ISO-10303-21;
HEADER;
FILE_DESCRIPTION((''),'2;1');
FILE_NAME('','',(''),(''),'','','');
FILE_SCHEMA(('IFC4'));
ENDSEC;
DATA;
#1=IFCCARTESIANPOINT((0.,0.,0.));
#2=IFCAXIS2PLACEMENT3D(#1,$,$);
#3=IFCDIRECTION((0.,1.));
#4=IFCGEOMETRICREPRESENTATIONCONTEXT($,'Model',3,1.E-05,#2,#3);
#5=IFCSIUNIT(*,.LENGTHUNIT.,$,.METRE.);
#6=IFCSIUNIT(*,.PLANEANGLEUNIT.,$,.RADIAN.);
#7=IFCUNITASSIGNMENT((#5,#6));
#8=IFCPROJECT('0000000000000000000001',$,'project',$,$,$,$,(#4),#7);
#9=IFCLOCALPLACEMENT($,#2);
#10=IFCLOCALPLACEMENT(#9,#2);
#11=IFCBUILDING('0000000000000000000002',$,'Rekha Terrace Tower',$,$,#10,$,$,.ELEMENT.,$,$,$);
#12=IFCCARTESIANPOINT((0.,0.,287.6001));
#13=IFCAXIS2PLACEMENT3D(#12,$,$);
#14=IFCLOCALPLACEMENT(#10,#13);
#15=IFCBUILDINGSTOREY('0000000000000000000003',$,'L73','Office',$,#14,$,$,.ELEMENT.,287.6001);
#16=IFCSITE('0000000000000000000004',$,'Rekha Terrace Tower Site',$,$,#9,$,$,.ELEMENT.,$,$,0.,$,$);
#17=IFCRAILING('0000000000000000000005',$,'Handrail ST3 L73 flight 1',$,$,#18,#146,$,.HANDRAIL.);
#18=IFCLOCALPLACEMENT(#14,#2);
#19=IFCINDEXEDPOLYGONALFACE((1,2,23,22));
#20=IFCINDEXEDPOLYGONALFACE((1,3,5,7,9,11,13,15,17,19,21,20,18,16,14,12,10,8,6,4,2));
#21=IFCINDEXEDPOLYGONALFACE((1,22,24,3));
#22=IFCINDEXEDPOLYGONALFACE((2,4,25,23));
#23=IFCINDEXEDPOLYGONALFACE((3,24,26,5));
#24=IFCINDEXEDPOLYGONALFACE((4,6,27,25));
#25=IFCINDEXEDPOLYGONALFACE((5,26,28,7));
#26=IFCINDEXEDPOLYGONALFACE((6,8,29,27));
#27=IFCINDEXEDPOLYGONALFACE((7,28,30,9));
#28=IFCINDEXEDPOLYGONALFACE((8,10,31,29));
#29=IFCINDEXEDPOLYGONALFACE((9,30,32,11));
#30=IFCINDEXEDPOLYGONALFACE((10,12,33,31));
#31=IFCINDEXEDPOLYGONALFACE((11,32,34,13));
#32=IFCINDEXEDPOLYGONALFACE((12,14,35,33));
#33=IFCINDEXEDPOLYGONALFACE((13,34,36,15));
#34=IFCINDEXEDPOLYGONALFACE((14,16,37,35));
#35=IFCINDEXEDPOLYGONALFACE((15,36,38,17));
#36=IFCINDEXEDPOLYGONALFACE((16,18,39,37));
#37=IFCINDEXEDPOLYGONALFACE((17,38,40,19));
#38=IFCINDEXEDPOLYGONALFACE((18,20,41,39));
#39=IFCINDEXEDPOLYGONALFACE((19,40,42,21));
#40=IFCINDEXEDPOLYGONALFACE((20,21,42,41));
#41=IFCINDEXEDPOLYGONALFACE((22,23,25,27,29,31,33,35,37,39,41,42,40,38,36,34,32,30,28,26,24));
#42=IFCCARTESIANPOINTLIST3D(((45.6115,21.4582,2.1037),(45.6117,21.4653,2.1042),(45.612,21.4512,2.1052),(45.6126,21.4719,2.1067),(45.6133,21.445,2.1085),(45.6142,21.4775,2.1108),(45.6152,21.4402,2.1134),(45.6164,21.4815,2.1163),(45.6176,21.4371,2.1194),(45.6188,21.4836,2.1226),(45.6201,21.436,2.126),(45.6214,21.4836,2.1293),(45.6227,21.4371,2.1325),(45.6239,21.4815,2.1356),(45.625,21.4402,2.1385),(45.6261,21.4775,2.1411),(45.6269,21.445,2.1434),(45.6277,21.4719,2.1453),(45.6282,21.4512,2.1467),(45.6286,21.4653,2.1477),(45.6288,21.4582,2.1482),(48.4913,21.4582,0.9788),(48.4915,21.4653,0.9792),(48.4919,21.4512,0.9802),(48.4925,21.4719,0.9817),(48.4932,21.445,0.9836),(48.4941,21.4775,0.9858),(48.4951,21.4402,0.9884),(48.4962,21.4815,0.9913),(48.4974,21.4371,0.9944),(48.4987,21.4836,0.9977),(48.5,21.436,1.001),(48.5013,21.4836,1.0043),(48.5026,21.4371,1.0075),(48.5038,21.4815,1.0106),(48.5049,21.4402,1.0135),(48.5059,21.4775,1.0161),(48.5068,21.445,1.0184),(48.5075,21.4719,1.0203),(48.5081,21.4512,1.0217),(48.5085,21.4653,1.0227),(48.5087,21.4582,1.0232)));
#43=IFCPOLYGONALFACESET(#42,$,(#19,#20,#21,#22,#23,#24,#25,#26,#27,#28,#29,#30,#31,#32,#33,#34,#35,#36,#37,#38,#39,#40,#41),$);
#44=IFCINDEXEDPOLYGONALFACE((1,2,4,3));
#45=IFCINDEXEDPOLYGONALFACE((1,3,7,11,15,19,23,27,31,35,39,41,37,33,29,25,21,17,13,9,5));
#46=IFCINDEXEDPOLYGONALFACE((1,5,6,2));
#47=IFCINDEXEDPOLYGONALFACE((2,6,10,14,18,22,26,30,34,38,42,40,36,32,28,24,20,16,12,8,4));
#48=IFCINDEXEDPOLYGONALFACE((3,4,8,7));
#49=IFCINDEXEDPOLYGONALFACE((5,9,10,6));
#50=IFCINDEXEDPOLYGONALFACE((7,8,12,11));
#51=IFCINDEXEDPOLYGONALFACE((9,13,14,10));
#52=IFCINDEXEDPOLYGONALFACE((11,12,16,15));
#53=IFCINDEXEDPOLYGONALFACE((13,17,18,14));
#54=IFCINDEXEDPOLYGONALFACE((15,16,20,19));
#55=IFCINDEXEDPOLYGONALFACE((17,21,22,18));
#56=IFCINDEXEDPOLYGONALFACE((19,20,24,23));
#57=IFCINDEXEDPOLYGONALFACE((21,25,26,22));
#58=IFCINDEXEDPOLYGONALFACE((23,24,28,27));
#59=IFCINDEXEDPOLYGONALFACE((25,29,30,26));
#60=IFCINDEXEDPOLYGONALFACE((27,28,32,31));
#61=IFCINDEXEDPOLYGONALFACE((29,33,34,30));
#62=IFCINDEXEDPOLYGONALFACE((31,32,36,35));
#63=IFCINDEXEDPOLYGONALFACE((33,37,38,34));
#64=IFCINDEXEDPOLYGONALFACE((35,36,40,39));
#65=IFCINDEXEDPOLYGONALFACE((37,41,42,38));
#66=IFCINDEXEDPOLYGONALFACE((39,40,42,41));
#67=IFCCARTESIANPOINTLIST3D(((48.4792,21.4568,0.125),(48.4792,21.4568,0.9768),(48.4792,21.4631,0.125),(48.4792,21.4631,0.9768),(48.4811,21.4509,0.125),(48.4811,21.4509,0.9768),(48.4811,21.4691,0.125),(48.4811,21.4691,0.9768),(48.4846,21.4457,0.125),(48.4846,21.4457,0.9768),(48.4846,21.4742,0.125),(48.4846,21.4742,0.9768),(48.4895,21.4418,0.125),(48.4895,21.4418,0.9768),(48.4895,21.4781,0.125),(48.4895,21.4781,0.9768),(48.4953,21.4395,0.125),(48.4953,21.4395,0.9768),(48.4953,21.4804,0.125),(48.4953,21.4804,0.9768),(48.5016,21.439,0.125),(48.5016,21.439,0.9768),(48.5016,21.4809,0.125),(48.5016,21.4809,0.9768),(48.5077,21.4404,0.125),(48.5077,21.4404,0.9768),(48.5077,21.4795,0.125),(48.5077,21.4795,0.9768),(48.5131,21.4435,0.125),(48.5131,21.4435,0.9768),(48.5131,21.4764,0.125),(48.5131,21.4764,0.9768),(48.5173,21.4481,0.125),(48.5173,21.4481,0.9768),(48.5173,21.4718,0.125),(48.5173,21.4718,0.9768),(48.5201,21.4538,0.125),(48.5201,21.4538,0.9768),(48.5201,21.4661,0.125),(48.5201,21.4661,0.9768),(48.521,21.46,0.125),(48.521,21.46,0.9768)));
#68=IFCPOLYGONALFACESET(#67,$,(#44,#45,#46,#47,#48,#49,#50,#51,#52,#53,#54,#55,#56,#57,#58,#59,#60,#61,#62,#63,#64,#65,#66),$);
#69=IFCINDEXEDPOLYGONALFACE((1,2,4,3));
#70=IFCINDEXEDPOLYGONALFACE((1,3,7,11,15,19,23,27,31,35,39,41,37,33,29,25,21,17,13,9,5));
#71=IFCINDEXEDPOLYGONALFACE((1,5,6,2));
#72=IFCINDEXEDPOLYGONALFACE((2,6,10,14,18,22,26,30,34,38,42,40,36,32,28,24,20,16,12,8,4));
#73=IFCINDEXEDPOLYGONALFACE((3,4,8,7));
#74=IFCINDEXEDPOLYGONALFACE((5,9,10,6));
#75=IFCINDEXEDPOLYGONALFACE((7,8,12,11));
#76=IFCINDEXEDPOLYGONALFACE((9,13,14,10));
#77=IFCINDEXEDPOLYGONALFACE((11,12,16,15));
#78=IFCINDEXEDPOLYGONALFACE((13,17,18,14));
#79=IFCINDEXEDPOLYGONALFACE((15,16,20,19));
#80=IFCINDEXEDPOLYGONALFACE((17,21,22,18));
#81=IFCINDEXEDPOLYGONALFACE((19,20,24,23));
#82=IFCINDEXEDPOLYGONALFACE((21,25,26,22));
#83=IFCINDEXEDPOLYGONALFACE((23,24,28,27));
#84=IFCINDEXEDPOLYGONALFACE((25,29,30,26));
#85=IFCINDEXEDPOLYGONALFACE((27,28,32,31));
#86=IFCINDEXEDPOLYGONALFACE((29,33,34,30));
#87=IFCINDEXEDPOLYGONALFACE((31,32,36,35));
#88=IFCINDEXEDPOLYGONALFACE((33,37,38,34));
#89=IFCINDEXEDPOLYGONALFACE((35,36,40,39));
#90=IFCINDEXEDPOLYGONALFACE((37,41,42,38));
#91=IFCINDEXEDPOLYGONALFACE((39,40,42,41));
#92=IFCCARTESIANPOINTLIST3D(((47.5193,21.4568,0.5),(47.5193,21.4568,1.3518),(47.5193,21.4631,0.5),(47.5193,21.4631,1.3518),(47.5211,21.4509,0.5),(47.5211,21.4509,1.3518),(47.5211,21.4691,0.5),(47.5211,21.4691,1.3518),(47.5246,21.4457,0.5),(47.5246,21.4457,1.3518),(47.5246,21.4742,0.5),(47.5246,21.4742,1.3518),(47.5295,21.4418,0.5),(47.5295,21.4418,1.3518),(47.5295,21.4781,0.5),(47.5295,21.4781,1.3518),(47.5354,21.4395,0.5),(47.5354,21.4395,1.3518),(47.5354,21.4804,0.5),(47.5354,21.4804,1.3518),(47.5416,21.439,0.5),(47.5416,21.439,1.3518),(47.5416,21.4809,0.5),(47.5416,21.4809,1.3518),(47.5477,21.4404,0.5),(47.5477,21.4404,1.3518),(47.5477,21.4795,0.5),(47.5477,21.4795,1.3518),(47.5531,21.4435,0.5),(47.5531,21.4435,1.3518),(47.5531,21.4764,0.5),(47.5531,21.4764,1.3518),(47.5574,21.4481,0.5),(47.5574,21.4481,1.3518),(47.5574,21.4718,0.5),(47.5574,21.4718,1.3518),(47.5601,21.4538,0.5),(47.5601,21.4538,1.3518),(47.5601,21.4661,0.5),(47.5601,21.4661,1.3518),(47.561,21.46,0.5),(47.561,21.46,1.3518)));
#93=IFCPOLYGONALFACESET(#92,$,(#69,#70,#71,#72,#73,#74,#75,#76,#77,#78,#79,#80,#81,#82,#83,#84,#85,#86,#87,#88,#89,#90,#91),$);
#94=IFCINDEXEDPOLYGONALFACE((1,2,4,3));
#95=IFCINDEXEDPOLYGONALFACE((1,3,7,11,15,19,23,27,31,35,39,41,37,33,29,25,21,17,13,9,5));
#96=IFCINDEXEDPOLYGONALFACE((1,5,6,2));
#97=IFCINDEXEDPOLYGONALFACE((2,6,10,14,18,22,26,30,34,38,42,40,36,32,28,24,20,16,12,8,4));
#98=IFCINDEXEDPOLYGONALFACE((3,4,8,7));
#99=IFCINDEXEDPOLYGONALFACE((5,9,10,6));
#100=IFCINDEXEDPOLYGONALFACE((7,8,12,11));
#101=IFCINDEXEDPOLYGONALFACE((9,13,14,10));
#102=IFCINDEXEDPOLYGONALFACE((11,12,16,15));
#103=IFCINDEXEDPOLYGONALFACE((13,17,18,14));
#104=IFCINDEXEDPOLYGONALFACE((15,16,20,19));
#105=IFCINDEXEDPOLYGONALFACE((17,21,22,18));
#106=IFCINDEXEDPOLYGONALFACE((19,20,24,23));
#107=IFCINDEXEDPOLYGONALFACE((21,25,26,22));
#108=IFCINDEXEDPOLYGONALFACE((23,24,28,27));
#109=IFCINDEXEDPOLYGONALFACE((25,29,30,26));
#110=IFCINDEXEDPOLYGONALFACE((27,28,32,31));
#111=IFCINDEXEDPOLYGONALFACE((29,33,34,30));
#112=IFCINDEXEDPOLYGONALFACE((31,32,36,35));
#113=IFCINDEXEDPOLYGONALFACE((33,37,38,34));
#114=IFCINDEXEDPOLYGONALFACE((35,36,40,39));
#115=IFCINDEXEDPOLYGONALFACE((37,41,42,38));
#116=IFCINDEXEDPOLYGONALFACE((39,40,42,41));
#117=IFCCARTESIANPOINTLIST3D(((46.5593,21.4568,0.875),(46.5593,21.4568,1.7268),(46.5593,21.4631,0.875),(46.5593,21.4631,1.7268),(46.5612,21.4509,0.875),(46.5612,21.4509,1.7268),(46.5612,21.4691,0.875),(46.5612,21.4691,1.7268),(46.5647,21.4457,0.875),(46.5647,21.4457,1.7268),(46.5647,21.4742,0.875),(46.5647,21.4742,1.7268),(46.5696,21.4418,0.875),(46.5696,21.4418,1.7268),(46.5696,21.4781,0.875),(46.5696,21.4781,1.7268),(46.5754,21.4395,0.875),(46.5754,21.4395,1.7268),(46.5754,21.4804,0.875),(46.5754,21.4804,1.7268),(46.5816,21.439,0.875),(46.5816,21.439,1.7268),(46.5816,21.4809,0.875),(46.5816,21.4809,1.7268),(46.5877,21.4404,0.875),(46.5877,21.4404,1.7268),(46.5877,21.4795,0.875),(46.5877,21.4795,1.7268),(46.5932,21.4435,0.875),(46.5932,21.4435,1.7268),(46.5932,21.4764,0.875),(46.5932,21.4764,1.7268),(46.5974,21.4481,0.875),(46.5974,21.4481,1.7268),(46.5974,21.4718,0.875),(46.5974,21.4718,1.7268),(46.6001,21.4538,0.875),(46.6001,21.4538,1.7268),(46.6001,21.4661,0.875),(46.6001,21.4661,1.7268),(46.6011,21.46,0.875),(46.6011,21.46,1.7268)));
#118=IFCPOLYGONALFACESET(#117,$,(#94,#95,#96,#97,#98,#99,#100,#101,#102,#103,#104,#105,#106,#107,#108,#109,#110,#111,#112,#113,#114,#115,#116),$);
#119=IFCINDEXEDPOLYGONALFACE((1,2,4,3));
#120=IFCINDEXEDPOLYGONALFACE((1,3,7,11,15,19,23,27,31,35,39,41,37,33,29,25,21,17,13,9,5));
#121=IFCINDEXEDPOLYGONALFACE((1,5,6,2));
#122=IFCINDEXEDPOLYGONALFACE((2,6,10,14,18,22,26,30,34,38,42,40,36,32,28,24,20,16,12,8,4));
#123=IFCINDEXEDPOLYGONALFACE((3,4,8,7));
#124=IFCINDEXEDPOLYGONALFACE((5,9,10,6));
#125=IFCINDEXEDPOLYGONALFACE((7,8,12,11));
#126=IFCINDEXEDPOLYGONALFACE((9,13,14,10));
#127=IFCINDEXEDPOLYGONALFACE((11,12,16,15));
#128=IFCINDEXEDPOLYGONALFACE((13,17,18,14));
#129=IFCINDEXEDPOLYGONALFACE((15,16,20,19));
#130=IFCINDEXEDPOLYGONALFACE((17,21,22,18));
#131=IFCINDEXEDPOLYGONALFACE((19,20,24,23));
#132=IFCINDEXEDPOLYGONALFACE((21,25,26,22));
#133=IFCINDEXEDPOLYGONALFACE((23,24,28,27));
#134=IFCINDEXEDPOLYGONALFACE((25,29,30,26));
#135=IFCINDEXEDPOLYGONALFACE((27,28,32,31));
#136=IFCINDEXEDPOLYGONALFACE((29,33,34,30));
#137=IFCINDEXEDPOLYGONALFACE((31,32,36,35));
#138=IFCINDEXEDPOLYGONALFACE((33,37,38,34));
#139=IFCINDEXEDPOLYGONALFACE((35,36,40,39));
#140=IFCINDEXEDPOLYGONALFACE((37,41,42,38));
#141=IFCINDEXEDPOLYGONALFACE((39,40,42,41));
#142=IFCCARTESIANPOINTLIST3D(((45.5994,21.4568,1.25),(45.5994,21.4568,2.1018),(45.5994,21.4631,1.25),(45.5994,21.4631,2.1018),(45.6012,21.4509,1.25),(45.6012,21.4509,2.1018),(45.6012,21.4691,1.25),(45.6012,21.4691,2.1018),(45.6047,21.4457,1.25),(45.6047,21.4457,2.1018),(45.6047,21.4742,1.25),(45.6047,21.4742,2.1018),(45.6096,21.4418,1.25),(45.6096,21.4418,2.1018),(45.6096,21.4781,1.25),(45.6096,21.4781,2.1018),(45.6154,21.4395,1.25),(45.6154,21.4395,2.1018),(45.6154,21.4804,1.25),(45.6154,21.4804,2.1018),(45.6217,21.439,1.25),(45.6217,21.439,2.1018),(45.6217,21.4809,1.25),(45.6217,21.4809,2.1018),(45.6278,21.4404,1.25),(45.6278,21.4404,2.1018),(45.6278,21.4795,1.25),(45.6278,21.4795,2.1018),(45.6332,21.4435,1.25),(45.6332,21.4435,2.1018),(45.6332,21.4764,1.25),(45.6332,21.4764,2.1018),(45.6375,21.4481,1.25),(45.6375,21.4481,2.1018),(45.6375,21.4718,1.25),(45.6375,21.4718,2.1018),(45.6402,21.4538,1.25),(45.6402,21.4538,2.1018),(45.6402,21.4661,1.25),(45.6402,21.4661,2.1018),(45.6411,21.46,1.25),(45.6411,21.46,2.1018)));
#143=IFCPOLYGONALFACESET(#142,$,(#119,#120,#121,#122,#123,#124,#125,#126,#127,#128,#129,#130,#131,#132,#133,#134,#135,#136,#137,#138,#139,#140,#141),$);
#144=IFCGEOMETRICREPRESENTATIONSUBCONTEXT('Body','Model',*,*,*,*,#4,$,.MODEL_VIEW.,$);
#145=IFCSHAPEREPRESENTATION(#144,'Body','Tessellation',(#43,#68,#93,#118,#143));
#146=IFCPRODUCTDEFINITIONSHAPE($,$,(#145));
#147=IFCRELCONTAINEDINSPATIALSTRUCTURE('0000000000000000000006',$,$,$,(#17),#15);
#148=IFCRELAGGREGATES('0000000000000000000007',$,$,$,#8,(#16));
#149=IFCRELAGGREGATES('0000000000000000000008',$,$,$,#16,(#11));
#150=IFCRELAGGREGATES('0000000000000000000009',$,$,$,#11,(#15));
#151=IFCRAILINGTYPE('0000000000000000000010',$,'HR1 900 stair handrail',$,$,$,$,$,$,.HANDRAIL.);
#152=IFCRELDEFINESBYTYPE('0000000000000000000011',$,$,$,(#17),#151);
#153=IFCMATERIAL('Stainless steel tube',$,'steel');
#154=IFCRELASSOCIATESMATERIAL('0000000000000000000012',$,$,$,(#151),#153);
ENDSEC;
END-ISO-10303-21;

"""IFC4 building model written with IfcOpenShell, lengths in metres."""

from ifc_helpers import new_model, si_unit, direction, frame, origin, origin_2d, place, context, subcontext, project, spatial, circle, extrude, material, type_object, element, save


model = new_model("IFC4")

# Units and contexts
model_context = context("Model", 3, precision=1e-05, world=origin(), true_north=direction((0.0, 1.0)))
body_context = subcontext(model_context, "Body", "Model", "MODEL_VIEW")
ifc_project = project(units=[si_unit("LENGTHUNIT", "METRE"), si_unit("PLANEANGLEUNIT", "RADIAN")], contexts=[model_context])

# Site, building, storey
site_placement = place(None, origin())
site = spatial("IfcSite", under=ifc_project, at=site_placement, Name="Rekha Terrace Tower Site", CompositionType="ELEMENT", RefElevation=0.0)
building_placement = place(site_placement, origin())
building = spatial("IfcBuilding", under=site, at=building_placement, Name="Rekha Terrace Tower", CompositionType="ELEMENT")
storey_placement = place(building_placement, frame((0.0, 0.0, 287.6001)))
storey = spatial("IfcBuildingStorey", under=building, at=storey_placement, Name="L73", Description="Office", CompositionType="ELEMENT", Elevation=287.6001)

# Railing
ifc_material_1 = material(Name="Stainless steel tube", Category="steel")
railing_type_1 = type_object("IfcRailingType", Name="HR1 900 stair handrail", PredefinedType="HANDRAIL", material=ifc_material_1)
railing_1_placement = place(storey_placement, frame((48.5, 21.46, 0.125)))
element("IfcRailing", 1, at=railing_1_placement, inside=storey, type_object=railing_type_1, Name="Handrail ST3 L73 flight 1", PredefinedType="HANDRAIL", context=body_context, shape_type="SweptSolid", body=[
    extrude(circle(Radius=0.0239, at=origin_2d()), frame((0.0, 0.0, 0.876), z_axis=(-0.931452, 0.0, 0.363863), x_axis=(0.0, -1.0, 0.0)), (0.0, 0.0, 1.0), 3.0918),
    extrude(circle(Radius=0.021, at=origin_2d()), origin(), (0.0, 0.0, 1.0), 0.8518),
    extrude(circle(Radius=0.021, at=origin_2d()), frame((-0.96, 0.0, 0.375)), (0.0, 0.0, 1.0), 0.8518),
    extrude(circle(Radius=0.021, at=origin_2d()), frame((-1.9199, 0.0, 0.75)), (0.0, 0.0, 1.0), 0.8518),
    extrude(circle(Radius=0.021, at=origin_2d()), frame((-2.8799, 0.0, 1.125)), (0.0, 0.0, 1.0), 0.8518),
])

save(model, "model.ifc")
